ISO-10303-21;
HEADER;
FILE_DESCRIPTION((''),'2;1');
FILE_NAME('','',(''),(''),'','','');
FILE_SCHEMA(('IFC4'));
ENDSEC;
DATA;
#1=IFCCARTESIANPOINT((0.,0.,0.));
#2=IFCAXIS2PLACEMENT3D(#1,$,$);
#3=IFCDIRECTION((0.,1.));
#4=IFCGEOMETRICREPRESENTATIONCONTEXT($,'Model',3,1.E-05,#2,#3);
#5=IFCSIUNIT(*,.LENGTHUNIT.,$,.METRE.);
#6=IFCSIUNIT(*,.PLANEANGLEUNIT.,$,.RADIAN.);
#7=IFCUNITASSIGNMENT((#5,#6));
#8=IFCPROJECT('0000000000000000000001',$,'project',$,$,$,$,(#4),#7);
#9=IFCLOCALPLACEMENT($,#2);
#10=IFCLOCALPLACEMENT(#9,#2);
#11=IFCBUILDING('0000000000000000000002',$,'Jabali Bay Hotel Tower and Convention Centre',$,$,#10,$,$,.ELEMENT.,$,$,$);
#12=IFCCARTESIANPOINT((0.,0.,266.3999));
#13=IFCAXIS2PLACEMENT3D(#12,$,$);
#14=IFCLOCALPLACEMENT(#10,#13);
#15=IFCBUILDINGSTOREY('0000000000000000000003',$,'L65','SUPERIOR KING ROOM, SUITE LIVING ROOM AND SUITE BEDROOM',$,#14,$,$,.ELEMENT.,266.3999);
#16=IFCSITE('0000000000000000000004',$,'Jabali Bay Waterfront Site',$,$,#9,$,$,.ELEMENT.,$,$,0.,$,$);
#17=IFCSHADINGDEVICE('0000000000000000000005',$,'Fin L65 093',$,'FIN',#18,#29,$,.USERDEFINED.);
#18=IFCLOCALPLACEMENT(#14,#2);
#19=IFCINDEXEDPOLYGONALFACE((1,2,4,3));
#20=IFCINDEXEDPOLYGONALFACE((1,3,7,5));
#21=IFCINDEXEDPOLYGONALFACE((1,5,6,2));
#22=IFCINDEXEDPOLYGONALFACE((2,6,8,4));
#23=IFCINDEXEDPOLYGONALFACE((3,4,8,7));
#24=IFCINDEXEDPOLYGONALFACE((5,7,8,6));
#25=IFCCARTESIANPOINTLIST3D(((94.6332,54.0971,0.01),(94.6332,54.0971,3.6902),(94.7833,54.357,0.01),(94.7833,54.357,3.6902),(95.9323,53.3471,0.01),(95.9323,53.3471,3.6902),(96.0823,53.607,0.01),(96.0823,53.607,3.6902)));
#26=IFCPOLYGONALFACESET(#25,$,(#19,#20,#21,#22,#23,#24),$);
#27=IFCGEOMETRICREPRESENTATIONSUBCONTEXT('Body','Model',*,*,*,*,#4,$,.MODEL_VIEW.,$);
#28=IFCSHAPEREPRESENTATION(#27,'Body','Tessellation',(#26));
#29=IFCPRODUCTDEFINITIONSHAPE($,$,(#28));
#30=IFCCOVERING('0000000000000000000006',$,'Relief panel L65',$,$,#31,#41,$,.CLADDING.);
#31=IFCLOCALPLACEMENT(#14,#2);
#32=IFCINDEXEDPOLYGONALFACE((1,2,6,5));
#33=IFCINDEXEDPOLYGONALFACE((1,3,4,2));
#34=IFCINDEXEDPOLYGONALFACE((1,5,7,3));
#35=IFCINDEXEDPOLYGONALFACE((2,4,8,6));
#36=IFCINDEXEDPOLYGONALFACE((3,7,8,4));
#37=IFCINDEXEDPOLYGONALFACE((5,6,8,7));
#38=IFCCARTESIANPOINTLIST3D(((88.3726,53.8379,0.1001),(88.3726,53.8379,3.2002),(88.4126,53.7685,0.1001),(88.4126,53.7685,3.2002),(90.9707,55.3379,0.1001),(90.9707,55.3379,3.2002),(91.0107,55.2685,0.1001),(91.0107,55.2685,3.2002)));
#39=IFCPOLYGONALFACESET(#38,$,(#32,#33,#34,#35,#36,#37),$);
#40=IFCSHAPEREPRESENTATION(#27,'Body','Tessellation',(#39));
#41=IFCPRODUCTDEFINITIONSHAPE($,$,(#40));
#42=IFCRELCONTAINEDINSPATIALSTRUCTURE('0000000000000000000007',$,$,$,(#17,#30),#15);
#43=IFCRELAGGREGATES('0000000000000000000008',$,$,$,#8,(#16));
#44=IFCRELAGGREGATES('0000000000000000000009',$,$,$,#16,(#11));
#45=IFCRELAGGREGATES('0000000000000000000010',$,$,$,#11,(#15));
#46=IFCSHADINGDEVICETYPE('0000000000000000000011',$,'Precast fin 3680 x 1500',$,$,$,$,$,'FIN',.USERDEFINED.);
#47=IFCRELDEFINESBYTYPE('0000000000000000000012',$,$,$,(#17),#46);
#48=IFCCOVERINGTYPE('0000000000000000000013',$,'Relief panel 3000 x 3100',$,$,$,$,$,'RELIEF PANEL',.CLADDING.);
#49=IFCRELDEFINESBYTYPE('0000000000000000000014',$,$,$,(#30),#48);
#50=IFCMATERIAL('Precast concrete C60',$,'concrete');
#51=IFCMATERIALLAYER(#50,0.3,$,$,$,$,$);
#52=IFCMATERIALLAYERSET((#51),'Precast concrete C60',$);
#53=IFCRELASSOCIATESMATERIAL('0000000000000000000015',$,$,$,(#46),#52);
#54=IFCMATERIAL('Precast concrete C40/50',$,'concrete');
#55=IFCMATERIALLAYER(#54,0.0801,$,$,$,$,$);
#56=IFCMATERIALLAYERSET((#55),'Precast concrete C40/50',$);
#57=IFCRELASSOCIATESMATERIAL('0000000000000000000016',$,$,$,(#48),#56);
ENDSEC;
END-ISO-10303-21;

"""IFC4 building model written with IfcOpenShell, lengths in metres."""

from ifc_helpers import new_model, si_unit, direction, frame, frame_2d, origin, origin_2d, place, context, subcontext, project, spatial, rectangle, extrude, material, layer, layer_set, type_object, element, save


model = new_model("IFC4")

# Units and contexts
model_context = context("Model", 3, precision=1e-05, world=origin(), true_north=direction((0.0, 1.0)))
body_context = subcontext(model_context, "Body", "Model", "MODEL_VIEW")
ifc_project = project(units=[si_unit("LENGTHUNIT", "METRE"), si_unit("PLANEANGLEUNIT", "RADIAN")], contexts=[model_context])

# Site, building, storey
site_placement = place(None, origin())
site = spatial("IfcSite", under=ifc_project, at=site_placement, Name="Jabali Bay Waterfront Site", CompositionType="ELEMENT", RefElevation=0.0)
building_placement = place(site_placement, origin())
building = spatial("IfcBuilding", under=site, at=building_placement, Name="Jabali Bay Hotel Tower and Convention Centre", CompositionType="ELEMENT")
storey_placement = place(building_placement, frame((0.0, 0.0, 266.3999)))
storey = spatial("IfcBuildingStorey", under=building, at=storey_placement, Name="L65", Description="SUPERIOR KING ROOM, SUITE LIVING ROOM AND SUITE BEDROOM", CompositionType="ELEMENT", Elevation=266.3999)

# Shading device
ifc_material_1 = material(Name="Precast concrete C60", Category="concrete")
ifc_layer_1 = layer(ifc_material_1, 0.3)
ifc_layer_set_1 = layer_set([ifc_layer_1], Name="Precast concrete C60")
shading_device_type = type_object("IfcShadingDeviceType", Name="Precast fin 3680 x 1500", ElementType="FIN", PredefinedType="USERDEFINED", material=ifc_layer_set_1)
for number, where, z_axis, x_axis, name in (
    (1, (94.7083, 54.2271, 0.01), (0.0, 0.0, 1.0), (0.866031, -0.49999, 0.0), "Fin L65 093"),
):
    element("IfcShadingDevice", number, at=place(storey_placement, frame(where, z_axis=z_axis, x_axis=x_axis)), inside=storey, type_object=shading_device_type, Name=name, ObjectType="FIN", PredefinedType="USERDEFINED", context=body_context, shape_type="SweptSolid", body=[
        extrude(rectangle(XDim=1.5, YDim=0.3, at=frame_2d((0.75, 0.0))), origin(), (0.0, 0.0, 1.0), 3.6802),
    ])

# Covering
ifc_material_2 = material(Name="Precast concrete C40/50", Category="concrete")
ifc_layer_2 = layer(ifc_material_2, 0.0801)
ifc_layer_set_2 = layer_set([ifc_layer_2], Name="Precast concrete C40/50")
covering_type = type_object("IfcCoveringType", Name="Relief panel 3000 x 3100", ElementType="RELIEF PANEL", PredefinedType="CLADDING", material=ifc_layer_set_2)
covering_placement = place(storey_placement, frame((89.6917, 54.5532, 0.1001), z_axis=(0.0, 0.0, 1.0), x_axis=(-0.866025, -0.5, 0.0)))
element("IfcCovering", 2, at=covering_placement, inside=storey, type_object=covering_type, Name="Relief panel L65", PredefinedType="CLADDING", context=body_context, shape_type="SweptSolid", body=[
    extrude(rectangle(XDim=3.0, YDim=0.0801, at=origin_2d()), origin(), (0.0, 0.0, 1.0), 3.1001),
])

save(model, "model.ifc")
